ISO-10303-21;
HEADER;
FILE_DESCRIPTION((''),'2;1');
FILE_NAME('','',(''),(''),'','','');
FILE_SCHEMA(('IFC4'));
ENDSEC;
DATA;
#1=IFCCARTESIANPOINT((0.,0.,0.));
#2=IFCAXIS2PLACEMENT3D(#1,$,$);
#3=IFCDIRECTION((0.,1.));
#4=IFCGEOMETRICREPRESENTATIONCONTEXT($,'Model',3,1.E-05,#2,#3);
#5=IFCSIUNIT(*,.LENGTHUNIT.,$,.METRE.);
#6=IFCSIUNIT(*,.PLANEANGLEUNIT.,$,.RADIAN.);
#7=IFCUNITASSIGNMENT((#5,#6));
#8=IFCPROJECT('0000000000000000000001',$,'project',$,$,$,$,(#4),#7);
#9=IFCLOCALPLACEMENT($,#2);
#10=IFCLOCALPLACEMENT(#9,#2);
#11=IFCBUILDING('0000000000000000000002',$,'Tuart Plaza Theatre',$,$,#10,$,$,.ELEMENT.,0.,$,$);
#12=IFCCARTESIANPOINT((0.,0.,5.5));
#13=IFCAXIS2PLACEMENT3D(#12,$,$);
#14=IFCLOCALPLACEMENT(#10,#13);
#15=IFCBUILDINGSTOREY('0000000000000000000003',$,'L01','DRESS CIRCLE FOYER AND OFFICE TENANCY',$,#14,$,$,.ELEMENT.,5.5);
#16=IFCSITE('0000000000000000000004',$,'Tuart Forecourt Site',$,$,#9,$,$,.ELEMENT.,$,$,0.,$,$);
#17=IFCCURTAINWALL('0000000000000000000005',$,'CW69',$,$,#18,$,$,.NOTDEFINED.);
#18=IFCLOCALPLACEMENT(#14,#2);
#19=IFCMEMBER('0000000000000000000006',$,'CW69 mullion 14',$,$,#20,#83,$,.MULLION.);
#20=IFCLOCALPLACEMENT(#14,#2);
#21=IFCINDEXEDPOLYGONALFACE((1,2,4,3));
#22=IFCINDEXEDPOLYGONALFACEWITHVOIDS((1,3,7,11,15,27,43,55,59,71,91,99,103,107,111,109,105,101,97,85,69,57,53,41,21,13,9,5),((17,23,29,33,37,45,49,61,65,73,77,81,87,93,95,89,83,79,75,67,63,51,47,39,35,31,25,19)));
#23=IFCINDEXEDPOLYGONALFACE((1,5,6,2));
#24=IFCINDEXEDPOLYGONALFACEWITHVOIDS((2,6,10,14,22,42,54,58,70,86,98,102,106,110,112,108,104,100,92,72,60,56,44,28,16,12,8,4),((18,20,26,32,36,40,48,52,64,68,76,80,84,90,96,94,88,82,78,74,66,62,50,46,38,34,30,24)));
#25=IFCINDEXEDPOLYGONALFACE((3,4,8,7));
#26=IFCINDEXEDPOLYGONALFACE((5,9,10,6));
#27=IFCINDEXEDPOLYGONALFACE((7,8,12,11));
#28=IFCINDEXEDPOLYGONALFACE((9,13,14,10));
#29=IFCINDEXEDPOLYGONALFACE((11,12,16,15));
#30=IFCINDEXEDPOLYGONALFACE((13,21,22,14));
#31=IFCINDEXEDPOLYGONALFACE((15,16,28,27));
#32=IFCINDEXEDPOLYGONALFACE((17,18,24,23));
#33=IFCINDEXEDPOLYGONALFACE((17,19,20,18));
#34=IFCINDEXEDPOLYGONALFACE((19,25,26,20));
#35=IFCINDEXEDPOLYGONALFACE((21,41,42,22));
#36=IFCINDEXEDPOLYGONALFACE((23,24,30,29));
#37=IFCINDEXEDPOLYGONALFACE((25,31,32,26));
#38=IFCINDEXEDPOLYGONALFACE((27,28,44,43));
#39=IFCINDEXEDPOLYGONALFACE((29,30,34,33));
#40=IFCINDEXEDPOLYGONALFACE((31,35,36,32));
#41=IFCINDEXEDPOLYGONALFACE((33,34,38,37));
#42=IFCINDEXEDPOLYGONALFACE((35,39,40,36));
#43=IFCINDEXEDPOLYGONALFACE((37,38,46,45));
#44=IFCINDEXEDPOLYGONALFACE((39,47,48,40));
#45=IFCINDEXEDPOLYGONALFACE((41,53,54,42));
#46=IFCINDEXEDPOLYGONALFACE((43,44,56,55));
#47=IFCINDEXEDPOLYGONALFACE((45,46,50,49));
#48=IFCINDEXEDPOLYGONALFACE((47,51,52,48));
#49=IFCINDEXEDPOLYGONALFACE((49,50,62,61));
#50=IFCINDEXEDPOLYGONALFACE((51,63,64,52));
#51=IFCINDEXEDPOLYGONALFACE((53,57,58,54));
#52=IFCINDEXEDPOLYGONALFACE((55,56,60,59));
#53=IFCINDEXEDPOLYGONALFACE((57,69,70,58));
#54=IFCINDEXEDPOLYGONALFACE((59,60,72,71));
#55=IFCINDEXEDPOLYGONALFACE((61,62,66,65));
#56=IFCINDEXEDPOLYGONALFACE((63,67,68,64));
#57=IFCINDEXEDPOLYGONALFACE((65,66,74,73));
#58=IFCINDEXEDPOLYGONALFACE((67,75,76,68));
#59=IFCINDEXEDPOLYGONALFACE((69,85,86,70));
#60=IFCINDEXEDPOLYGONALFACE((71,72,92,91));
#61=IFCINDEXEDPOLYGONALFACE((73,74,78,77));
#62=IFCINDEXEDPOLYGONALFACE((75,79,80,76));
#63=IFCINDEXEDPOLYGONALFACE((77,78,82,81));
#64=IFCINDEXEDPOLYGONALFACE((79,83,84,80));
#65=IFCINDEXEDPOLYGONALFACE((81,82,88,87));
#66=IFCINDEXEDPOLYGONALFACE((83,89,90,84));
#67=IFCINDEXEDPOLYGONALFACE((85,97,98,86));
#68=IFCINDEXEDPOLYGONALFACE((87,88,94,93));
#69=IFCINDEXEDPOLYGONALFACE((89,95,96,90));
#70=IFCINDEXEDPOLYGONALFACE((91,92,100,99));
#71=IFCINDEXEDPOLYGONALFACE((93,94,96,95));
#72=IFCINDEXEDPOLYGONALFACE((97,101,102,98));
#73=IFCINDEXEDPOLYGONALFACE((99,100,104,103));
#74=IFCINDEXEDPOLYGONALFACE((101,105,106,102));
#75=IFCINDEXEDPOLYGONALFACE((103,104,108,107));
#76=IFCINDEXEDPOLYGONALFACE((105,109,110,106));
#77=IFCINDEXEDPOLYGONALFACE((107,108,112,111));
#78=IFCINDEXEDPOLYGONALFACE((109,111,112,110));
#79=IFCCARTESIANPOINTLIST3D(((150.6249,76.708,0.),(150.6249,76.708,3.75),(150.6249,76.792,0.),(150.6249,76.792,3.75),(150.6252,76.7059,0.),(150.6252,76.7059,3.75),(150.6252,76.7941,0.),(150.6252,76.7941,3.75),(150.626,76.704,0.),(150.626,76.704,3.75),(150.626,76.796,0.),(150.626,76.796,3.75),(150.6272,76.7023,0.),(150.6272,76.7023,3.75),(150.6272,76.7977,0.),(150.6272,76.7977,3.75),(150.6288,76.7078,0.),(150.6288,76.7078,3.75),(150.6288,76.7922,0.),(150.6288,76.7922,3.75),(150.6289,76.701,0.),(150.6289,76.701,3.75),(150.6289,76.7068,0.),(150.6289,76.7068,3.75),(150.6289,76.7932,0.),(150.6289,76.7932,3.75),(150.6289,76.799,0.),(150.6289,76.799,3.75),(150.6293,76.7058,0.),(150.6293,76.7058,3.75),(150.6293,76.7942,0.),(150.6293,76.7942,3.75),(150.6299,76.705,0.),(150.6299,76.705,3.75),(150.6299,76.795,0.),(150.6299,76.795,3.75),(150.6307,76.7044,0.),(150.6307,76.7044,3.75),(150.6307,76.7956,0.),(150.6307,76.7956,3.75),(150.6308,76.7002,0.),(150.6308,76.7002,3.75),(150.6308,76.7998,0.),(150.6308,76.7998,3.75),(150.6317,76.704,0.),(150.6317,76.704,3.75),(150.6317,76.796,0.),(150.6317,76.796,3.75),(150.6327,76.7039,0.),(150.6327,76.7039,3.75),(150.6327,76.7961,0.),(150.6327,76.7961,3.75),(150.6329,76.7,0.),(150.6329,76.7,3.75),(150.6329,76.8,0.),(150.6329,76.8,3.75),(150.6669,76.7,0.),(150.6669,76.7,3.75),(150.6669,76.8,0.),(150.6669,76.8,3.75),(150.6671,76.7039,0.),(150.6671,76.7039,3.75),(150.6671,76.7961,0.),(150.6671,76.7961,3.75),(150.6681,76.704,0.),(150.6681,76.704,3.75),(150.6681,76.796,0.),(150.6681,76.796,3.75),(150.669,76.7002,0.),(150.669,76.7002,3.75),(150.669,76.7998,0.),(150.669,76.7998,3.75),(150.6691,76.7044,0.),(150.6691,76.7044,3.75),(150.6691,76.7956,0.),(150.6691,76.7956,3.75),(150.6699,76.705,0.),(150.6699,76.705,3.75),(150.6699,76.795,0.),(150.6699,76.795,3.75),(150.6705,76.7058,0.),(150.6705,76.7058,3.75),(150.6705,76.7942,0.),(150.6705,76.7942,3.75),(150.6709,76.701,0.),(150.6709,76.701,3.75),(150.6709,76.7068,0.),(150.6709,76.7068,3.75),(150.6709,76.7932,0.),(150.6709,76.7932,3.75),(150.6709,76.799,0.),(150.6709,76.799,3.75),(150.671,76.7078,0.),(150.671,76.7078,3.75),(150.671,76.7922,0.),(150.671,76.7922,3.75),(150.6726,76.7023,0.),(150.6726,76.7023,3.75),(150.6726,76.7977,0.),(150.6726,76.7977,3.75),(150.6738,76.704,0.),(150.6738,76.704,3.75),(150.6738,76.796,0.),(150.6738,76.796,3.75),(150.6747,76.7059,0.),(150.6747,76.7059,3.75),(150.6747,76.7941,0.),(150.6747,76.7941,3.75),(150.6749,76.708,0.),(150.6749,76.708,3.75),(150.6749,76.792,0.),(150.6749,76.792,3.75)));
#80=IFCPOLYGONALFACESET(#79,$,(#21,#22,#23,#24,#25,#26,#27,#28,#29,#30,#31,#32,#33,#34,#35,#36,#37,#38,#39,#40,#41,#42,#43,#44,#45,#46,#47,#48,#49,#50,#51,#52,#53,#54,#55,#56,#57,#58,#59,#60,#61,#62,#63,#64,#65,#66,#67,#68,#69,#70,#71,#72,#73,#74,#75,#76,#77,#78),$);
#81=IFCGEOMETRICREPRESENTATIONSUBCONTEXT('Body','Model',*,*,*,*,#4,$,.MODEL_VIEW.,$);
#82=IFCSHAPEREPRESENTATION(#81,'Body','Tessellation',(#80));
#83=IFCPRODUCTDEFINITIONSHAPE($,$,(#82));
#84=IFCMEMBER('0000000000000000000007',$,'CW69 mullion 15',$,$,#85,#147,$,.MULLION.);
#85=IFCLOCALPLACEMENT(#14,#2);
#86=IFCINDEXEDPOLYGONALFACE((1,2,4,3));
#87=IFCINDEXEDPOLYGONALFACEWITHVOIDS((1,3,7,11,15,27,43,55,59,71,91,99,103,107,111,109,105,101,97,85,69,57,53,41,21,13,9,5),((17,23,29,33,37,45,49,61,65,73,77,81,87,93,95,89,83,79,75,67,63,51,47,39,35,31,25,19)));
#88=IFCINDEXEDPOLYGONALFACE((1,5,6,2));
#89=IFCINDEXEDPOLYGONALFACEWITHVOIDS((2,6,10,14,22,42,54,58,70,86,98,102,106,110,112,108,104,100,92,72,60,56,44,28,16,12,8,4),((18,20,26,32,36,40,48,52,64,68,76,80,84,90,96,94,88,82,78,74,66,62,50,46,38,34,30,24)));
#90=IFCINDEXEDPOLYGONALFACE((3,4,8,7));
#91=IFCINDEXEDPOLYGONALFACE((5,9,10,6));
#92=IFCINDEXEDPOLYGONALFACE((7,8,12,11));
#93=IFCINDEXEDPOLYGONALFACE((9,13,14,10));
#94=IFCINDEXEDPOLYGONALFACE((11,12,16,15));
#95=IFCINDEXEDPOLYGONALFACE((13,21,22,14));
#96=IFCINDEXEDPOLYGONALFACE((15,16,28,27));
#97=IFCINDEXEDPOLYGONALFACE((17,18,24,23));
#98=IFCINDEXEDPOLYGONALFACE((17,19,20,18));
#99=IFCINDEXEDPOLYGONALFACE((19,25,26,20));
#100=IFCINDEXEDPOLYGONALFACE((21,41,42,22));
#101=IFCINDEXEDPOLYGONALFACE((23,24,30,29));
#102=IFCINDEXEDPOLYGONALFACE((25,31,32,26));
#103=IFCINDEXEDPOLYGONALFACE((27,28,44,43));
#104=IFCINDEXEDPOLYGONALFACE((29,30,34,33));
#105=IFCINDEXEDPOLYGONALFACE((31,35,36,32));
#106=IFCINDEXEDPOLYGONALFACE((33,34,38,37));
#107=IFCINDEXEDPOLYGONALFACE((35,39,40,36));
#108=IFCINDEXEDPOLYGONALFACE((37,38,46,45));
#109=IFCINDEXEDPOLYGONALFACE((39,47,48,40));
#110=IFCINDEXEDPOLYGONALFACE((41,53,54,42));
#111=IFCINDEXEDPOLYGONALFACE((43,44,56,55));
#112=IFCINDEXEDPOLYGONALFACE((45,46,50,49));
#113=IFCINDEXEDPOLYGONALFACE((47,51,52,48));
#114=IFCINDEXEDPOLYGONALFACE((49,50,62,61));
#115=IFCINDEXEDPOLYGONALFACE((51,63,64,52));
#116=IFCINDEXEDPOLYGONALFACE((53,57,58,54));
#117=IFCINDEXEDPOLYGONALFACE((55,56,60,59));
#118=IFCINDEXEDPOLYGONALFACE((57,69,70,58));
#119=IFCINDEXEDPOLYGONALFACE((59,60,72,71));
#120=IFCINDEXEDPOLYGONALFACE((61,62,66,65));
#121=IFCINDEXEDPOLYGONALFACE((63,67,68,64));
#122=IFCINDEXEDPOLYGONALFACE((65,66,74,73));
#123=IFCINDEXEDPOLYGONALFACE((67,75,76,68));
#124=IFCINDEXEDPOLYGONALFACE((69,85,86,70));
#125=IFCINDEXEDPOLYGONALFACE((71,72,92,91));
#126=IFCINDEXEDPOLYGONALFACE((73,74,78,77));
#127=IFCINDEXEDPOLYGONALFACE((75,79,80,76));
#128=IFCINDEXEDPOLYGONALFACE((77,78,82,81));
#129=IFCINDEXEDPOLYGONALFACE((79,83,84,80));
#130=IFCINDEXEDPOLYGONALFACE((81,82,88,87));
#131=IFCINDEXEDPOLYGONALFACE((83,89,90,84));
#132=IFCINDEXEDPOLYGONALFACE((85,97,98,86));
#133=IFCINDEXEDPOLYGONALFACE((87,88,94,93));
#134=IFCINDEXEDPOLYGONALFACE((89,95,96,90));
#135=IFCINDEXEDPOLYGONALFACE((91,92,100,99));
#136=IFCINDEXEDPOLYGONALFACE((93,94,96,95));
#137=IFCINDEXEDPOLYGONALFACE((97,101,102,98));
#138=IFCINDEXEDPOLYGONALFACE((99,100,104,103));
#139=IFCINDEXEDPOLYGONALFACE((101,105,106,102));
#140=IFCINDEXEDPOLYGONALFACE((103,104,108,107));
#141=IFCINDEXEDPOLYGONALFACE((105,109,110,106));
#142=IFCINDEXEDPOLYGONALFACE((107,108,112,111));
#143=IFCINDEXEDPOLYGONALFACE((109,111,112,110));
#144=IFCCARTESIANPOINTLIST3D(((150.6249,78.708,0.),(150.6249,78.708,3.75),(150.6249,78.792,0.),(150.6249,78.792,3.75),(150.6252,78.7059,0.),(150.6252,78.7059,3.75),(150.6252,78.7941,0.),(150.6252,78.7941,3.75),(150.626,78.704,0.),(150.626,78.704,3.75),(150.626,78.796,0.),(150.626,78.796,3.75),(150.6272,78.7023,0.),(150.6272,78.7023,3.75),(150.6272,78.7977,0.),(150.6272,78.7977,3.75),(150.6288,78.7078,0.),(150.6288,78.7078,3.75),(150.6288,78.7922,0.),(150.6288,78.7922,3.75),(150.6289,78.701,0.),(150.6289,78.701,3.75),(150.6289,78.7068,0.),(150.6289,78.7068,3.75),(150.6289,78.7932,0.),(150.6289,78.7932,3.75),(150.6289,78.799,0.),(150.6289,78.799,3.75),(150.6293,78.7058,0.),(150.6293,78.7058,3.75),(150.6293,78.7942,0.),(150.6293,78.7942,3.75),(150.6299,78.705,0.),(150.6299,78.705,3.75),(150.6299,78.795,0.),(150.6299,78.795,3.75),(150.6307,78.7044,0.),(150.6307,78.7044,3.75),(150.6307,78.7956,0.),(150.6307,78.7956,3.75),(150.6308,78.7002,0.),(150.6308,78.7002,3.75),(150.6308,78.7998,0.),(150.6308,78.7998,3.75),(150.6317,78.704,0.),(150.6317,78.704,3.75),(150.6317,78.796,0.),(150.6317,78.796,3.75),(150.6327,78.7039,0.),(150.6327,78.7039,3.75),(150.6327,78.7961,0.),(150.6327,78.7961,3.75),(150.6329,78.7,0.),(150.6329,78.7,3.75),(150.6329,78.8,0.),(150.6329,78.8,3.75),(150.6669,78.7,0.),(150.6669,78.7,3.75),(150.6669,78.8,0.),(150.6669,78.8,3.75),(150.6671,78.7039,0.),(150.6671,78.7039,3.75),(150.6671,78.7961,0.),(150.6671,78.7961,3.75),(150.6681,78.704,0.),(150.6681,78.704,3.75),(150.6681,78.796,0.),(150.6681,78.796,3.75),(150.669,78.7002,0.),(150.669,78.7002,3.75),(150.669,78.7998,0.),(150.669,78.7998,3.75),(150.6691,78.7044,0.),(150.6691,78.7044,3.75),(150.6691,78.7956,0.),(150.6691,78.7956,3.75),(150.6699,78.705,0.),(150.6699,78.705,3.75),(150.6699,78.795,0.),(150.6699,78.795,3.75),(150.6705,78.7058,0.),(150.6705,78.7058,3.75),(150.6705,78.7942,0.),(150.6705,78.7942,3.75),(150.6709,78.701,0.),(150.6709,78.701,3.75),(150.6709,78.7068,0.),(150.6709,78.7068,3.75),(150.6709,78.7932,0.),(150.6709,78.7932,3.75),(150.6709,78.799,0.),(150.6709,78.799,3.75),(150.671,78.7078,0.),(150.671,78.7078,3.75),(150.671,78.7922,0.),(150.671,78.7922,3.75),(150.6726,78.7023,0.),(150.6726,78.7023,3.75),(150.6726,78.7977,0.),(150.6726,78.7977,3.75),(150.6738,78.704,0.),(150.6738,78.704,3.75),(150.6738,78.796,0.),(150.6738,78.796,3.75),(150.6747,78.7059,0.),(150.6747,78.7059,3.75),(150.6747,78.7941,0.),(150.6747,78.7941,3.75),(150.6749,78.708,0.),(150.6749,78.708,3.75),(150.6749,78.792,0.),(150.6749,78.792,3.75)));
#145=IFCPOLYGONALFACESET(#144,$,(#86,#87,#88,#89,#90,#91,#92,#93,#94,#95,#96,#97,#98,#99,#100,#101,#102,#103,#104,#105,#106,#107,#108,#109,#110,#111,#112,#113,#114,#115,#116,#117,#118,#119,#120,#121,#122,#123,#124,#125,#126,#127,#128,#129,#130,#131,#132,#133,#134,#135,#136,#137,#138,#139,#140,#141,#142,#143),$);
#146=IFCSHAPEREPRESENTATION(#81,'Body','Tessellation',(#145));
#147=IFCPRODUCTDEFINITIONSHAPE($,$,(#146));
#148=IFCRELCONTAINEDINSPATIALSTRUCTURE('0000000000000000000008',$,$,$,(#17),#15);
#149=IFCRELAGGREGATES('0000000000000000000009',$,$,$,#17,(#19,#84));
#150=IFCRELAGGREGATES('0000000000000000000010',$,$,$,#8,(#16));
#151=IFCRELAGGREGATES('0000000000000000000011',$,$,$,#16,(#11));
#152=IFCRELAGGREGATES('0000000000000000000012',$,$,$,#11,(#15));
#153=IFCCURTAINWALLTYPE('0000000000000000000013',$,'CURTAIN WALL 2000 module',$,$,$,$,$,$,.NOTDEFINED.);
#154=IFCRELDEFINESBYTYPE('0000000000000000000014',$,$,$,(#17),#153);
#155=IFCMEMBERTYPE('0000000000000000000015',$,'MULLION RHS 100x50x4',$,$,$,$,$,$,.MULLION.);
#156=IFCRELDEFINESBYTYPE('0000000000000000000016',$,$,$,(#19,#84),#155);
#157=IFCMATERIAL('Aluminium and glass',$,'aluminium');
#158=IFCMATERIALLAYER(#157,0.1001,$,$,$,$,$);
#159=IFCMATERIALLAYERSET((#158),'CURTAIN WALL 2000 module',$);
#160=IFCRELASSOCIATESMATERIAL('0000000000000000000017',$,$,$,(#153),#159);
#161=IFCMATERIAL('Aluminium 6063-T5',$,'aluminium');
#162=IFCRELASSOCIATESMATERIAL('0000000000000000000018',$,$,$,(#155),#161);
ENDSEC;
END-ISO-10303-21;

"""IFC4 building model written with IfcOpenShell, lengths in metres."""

from ifc_helpers import new_model, si_unit, direction, frame, origin, origin_2d, place, context, subcontext, project, spatial, hollow_rectangle, extrude, material, layer, layer_set, material_profile, profile_set, type_object, element, aggregate, save


model = new_model("IFC4")

# Units and contexts
model_context = context("Model", 3, precision=1e-05, world=origin(), true_north=direction((0.0, 1.0)))
body_context = subcontext(model_context, "Body", "Model", "MODEL_VIEW")
ifc_project = project(units=[si_unit("LENGTHUNIT", "METRE"), si_unit("PLANEANGLEUNIT", "RADIAN")], contexts=[model_context])

# Site, building, storey
site_placement = place(None, origin())
site = spatial("IfcSite", under=ifc_project, at=site_placement, Name="Tuart Forecourt Site", CompositionType="ELEMENT", RefElevation=0.0)
building_placement = place(site_placement, origin())
building = spatial("IfcBuilding", under=site, at=building_placement, Name="Tuart Plaza Theatre", CompositionType="ELEMENT", ElevationOfRefHeight=0.0)
storey_placement = place(building_placement, frame((0.0, 0.0, 5.5)))
storey = spatial("IfcBuildingStorey", under=building, at=storey_placement, Name="L01", Description="DRESS CIRCLE FOYER AND OFFICE TENANCY", CompositionType="ELEMENT", Elevation=5.5)

# Curtain wall, members
ifc_material_1 = material(Name="Aluminium and glass", Category="aluminium")
ifc_layer_1 = layer(ifc_material_1, 0.1001)
ifc_layer_set_1 = layer_set([ifc_layer_1], Name="CURTAIN WALL 2000 module")
curtain_wall_type = type_object("IfcCurtainWallType", Name="CURTAIN WALL 2000 module", PredefinedType="NOTDEFINED", material=ifc_layer_set_1)
curtain_wall_placement = place(storey_placement, origin())
curtain_wall = element("IfcCurtainWall", 1, at=curtain_wall_placement, inside=storey, type_object=curtain_wall_type, Name="CW69", PredefinedType="NOTDEFINED")
ifc_material_2 = material(Name="Aluminium 6063-T5", Category="aluminium")
ifc_material_profile_1 = material_profile(ifc_material_2, hollow_rectangle(XDim=0.05, YDim=0.1001, WallThickness=0.0039, InnerFilletRadius=0.0039, OuterFilletRadius=0.0081, at=origin_2d()), Name="RHS 100x50x4")
ifc_profile_set_1 = profile_set([ifc_material_profile_1], Name="Aluminium 6063-T5")
member_type_1 = type_object("IfcMemberType", Name="MULLION RHS 100x50x4", PredefinedType="MULLION", material=ifc_profile_set_1)
member_1_placement = place(storey_placement, frame((150.6499, 76.75, 0.0), z_axis=(0.0, 0.0, 1.0), x_axis=(-1.0, 0.0, 0.0)))
member_1 = element("IfcMember", 2, at=member_1_placement, type_object=member_type_1, Name="CW69 mullion 14", PredefinedType="MULLION", context=body_context, shape_type="SweptSolid", body=[
    extrude(hollow_rectangle(XDim=0.05, YDim=0.1001, WallThickness=0.0039, InnerFilletRadius=0.0039, OuterFilletRadius=0.0081, at=origin_2d()), origin(), (0.0, 0.0, 1.0), 3.75),
])
member_2_placement = place(storey_placement, frame((150.6499, 78.75, 0.0), z_axis=(0.0, 0.0, 1.0), x_axis=(-1.0, 0.0, 0.0)))
member_2 = element("IfcMember", 3, at=member_2_placement, type_object=member_type_1, Name="CW69 mullion 15", PredefinedType="MULLION", context=body_context, shape_type="SweptSolid", body=[
    extrude(hollow_rectangle(XDim=0.05, YDim=0.1001, WallThickness=0.0039, InnerFilletRadius=0.0039, OuterFilletRadius=0.0081, at=origin_2d()), origin(), (0.0, 0.0, 1.0), 3.75),
])
aggregate(curtain_wall, [member_1, member_2])

save(model, "model.ifc")
